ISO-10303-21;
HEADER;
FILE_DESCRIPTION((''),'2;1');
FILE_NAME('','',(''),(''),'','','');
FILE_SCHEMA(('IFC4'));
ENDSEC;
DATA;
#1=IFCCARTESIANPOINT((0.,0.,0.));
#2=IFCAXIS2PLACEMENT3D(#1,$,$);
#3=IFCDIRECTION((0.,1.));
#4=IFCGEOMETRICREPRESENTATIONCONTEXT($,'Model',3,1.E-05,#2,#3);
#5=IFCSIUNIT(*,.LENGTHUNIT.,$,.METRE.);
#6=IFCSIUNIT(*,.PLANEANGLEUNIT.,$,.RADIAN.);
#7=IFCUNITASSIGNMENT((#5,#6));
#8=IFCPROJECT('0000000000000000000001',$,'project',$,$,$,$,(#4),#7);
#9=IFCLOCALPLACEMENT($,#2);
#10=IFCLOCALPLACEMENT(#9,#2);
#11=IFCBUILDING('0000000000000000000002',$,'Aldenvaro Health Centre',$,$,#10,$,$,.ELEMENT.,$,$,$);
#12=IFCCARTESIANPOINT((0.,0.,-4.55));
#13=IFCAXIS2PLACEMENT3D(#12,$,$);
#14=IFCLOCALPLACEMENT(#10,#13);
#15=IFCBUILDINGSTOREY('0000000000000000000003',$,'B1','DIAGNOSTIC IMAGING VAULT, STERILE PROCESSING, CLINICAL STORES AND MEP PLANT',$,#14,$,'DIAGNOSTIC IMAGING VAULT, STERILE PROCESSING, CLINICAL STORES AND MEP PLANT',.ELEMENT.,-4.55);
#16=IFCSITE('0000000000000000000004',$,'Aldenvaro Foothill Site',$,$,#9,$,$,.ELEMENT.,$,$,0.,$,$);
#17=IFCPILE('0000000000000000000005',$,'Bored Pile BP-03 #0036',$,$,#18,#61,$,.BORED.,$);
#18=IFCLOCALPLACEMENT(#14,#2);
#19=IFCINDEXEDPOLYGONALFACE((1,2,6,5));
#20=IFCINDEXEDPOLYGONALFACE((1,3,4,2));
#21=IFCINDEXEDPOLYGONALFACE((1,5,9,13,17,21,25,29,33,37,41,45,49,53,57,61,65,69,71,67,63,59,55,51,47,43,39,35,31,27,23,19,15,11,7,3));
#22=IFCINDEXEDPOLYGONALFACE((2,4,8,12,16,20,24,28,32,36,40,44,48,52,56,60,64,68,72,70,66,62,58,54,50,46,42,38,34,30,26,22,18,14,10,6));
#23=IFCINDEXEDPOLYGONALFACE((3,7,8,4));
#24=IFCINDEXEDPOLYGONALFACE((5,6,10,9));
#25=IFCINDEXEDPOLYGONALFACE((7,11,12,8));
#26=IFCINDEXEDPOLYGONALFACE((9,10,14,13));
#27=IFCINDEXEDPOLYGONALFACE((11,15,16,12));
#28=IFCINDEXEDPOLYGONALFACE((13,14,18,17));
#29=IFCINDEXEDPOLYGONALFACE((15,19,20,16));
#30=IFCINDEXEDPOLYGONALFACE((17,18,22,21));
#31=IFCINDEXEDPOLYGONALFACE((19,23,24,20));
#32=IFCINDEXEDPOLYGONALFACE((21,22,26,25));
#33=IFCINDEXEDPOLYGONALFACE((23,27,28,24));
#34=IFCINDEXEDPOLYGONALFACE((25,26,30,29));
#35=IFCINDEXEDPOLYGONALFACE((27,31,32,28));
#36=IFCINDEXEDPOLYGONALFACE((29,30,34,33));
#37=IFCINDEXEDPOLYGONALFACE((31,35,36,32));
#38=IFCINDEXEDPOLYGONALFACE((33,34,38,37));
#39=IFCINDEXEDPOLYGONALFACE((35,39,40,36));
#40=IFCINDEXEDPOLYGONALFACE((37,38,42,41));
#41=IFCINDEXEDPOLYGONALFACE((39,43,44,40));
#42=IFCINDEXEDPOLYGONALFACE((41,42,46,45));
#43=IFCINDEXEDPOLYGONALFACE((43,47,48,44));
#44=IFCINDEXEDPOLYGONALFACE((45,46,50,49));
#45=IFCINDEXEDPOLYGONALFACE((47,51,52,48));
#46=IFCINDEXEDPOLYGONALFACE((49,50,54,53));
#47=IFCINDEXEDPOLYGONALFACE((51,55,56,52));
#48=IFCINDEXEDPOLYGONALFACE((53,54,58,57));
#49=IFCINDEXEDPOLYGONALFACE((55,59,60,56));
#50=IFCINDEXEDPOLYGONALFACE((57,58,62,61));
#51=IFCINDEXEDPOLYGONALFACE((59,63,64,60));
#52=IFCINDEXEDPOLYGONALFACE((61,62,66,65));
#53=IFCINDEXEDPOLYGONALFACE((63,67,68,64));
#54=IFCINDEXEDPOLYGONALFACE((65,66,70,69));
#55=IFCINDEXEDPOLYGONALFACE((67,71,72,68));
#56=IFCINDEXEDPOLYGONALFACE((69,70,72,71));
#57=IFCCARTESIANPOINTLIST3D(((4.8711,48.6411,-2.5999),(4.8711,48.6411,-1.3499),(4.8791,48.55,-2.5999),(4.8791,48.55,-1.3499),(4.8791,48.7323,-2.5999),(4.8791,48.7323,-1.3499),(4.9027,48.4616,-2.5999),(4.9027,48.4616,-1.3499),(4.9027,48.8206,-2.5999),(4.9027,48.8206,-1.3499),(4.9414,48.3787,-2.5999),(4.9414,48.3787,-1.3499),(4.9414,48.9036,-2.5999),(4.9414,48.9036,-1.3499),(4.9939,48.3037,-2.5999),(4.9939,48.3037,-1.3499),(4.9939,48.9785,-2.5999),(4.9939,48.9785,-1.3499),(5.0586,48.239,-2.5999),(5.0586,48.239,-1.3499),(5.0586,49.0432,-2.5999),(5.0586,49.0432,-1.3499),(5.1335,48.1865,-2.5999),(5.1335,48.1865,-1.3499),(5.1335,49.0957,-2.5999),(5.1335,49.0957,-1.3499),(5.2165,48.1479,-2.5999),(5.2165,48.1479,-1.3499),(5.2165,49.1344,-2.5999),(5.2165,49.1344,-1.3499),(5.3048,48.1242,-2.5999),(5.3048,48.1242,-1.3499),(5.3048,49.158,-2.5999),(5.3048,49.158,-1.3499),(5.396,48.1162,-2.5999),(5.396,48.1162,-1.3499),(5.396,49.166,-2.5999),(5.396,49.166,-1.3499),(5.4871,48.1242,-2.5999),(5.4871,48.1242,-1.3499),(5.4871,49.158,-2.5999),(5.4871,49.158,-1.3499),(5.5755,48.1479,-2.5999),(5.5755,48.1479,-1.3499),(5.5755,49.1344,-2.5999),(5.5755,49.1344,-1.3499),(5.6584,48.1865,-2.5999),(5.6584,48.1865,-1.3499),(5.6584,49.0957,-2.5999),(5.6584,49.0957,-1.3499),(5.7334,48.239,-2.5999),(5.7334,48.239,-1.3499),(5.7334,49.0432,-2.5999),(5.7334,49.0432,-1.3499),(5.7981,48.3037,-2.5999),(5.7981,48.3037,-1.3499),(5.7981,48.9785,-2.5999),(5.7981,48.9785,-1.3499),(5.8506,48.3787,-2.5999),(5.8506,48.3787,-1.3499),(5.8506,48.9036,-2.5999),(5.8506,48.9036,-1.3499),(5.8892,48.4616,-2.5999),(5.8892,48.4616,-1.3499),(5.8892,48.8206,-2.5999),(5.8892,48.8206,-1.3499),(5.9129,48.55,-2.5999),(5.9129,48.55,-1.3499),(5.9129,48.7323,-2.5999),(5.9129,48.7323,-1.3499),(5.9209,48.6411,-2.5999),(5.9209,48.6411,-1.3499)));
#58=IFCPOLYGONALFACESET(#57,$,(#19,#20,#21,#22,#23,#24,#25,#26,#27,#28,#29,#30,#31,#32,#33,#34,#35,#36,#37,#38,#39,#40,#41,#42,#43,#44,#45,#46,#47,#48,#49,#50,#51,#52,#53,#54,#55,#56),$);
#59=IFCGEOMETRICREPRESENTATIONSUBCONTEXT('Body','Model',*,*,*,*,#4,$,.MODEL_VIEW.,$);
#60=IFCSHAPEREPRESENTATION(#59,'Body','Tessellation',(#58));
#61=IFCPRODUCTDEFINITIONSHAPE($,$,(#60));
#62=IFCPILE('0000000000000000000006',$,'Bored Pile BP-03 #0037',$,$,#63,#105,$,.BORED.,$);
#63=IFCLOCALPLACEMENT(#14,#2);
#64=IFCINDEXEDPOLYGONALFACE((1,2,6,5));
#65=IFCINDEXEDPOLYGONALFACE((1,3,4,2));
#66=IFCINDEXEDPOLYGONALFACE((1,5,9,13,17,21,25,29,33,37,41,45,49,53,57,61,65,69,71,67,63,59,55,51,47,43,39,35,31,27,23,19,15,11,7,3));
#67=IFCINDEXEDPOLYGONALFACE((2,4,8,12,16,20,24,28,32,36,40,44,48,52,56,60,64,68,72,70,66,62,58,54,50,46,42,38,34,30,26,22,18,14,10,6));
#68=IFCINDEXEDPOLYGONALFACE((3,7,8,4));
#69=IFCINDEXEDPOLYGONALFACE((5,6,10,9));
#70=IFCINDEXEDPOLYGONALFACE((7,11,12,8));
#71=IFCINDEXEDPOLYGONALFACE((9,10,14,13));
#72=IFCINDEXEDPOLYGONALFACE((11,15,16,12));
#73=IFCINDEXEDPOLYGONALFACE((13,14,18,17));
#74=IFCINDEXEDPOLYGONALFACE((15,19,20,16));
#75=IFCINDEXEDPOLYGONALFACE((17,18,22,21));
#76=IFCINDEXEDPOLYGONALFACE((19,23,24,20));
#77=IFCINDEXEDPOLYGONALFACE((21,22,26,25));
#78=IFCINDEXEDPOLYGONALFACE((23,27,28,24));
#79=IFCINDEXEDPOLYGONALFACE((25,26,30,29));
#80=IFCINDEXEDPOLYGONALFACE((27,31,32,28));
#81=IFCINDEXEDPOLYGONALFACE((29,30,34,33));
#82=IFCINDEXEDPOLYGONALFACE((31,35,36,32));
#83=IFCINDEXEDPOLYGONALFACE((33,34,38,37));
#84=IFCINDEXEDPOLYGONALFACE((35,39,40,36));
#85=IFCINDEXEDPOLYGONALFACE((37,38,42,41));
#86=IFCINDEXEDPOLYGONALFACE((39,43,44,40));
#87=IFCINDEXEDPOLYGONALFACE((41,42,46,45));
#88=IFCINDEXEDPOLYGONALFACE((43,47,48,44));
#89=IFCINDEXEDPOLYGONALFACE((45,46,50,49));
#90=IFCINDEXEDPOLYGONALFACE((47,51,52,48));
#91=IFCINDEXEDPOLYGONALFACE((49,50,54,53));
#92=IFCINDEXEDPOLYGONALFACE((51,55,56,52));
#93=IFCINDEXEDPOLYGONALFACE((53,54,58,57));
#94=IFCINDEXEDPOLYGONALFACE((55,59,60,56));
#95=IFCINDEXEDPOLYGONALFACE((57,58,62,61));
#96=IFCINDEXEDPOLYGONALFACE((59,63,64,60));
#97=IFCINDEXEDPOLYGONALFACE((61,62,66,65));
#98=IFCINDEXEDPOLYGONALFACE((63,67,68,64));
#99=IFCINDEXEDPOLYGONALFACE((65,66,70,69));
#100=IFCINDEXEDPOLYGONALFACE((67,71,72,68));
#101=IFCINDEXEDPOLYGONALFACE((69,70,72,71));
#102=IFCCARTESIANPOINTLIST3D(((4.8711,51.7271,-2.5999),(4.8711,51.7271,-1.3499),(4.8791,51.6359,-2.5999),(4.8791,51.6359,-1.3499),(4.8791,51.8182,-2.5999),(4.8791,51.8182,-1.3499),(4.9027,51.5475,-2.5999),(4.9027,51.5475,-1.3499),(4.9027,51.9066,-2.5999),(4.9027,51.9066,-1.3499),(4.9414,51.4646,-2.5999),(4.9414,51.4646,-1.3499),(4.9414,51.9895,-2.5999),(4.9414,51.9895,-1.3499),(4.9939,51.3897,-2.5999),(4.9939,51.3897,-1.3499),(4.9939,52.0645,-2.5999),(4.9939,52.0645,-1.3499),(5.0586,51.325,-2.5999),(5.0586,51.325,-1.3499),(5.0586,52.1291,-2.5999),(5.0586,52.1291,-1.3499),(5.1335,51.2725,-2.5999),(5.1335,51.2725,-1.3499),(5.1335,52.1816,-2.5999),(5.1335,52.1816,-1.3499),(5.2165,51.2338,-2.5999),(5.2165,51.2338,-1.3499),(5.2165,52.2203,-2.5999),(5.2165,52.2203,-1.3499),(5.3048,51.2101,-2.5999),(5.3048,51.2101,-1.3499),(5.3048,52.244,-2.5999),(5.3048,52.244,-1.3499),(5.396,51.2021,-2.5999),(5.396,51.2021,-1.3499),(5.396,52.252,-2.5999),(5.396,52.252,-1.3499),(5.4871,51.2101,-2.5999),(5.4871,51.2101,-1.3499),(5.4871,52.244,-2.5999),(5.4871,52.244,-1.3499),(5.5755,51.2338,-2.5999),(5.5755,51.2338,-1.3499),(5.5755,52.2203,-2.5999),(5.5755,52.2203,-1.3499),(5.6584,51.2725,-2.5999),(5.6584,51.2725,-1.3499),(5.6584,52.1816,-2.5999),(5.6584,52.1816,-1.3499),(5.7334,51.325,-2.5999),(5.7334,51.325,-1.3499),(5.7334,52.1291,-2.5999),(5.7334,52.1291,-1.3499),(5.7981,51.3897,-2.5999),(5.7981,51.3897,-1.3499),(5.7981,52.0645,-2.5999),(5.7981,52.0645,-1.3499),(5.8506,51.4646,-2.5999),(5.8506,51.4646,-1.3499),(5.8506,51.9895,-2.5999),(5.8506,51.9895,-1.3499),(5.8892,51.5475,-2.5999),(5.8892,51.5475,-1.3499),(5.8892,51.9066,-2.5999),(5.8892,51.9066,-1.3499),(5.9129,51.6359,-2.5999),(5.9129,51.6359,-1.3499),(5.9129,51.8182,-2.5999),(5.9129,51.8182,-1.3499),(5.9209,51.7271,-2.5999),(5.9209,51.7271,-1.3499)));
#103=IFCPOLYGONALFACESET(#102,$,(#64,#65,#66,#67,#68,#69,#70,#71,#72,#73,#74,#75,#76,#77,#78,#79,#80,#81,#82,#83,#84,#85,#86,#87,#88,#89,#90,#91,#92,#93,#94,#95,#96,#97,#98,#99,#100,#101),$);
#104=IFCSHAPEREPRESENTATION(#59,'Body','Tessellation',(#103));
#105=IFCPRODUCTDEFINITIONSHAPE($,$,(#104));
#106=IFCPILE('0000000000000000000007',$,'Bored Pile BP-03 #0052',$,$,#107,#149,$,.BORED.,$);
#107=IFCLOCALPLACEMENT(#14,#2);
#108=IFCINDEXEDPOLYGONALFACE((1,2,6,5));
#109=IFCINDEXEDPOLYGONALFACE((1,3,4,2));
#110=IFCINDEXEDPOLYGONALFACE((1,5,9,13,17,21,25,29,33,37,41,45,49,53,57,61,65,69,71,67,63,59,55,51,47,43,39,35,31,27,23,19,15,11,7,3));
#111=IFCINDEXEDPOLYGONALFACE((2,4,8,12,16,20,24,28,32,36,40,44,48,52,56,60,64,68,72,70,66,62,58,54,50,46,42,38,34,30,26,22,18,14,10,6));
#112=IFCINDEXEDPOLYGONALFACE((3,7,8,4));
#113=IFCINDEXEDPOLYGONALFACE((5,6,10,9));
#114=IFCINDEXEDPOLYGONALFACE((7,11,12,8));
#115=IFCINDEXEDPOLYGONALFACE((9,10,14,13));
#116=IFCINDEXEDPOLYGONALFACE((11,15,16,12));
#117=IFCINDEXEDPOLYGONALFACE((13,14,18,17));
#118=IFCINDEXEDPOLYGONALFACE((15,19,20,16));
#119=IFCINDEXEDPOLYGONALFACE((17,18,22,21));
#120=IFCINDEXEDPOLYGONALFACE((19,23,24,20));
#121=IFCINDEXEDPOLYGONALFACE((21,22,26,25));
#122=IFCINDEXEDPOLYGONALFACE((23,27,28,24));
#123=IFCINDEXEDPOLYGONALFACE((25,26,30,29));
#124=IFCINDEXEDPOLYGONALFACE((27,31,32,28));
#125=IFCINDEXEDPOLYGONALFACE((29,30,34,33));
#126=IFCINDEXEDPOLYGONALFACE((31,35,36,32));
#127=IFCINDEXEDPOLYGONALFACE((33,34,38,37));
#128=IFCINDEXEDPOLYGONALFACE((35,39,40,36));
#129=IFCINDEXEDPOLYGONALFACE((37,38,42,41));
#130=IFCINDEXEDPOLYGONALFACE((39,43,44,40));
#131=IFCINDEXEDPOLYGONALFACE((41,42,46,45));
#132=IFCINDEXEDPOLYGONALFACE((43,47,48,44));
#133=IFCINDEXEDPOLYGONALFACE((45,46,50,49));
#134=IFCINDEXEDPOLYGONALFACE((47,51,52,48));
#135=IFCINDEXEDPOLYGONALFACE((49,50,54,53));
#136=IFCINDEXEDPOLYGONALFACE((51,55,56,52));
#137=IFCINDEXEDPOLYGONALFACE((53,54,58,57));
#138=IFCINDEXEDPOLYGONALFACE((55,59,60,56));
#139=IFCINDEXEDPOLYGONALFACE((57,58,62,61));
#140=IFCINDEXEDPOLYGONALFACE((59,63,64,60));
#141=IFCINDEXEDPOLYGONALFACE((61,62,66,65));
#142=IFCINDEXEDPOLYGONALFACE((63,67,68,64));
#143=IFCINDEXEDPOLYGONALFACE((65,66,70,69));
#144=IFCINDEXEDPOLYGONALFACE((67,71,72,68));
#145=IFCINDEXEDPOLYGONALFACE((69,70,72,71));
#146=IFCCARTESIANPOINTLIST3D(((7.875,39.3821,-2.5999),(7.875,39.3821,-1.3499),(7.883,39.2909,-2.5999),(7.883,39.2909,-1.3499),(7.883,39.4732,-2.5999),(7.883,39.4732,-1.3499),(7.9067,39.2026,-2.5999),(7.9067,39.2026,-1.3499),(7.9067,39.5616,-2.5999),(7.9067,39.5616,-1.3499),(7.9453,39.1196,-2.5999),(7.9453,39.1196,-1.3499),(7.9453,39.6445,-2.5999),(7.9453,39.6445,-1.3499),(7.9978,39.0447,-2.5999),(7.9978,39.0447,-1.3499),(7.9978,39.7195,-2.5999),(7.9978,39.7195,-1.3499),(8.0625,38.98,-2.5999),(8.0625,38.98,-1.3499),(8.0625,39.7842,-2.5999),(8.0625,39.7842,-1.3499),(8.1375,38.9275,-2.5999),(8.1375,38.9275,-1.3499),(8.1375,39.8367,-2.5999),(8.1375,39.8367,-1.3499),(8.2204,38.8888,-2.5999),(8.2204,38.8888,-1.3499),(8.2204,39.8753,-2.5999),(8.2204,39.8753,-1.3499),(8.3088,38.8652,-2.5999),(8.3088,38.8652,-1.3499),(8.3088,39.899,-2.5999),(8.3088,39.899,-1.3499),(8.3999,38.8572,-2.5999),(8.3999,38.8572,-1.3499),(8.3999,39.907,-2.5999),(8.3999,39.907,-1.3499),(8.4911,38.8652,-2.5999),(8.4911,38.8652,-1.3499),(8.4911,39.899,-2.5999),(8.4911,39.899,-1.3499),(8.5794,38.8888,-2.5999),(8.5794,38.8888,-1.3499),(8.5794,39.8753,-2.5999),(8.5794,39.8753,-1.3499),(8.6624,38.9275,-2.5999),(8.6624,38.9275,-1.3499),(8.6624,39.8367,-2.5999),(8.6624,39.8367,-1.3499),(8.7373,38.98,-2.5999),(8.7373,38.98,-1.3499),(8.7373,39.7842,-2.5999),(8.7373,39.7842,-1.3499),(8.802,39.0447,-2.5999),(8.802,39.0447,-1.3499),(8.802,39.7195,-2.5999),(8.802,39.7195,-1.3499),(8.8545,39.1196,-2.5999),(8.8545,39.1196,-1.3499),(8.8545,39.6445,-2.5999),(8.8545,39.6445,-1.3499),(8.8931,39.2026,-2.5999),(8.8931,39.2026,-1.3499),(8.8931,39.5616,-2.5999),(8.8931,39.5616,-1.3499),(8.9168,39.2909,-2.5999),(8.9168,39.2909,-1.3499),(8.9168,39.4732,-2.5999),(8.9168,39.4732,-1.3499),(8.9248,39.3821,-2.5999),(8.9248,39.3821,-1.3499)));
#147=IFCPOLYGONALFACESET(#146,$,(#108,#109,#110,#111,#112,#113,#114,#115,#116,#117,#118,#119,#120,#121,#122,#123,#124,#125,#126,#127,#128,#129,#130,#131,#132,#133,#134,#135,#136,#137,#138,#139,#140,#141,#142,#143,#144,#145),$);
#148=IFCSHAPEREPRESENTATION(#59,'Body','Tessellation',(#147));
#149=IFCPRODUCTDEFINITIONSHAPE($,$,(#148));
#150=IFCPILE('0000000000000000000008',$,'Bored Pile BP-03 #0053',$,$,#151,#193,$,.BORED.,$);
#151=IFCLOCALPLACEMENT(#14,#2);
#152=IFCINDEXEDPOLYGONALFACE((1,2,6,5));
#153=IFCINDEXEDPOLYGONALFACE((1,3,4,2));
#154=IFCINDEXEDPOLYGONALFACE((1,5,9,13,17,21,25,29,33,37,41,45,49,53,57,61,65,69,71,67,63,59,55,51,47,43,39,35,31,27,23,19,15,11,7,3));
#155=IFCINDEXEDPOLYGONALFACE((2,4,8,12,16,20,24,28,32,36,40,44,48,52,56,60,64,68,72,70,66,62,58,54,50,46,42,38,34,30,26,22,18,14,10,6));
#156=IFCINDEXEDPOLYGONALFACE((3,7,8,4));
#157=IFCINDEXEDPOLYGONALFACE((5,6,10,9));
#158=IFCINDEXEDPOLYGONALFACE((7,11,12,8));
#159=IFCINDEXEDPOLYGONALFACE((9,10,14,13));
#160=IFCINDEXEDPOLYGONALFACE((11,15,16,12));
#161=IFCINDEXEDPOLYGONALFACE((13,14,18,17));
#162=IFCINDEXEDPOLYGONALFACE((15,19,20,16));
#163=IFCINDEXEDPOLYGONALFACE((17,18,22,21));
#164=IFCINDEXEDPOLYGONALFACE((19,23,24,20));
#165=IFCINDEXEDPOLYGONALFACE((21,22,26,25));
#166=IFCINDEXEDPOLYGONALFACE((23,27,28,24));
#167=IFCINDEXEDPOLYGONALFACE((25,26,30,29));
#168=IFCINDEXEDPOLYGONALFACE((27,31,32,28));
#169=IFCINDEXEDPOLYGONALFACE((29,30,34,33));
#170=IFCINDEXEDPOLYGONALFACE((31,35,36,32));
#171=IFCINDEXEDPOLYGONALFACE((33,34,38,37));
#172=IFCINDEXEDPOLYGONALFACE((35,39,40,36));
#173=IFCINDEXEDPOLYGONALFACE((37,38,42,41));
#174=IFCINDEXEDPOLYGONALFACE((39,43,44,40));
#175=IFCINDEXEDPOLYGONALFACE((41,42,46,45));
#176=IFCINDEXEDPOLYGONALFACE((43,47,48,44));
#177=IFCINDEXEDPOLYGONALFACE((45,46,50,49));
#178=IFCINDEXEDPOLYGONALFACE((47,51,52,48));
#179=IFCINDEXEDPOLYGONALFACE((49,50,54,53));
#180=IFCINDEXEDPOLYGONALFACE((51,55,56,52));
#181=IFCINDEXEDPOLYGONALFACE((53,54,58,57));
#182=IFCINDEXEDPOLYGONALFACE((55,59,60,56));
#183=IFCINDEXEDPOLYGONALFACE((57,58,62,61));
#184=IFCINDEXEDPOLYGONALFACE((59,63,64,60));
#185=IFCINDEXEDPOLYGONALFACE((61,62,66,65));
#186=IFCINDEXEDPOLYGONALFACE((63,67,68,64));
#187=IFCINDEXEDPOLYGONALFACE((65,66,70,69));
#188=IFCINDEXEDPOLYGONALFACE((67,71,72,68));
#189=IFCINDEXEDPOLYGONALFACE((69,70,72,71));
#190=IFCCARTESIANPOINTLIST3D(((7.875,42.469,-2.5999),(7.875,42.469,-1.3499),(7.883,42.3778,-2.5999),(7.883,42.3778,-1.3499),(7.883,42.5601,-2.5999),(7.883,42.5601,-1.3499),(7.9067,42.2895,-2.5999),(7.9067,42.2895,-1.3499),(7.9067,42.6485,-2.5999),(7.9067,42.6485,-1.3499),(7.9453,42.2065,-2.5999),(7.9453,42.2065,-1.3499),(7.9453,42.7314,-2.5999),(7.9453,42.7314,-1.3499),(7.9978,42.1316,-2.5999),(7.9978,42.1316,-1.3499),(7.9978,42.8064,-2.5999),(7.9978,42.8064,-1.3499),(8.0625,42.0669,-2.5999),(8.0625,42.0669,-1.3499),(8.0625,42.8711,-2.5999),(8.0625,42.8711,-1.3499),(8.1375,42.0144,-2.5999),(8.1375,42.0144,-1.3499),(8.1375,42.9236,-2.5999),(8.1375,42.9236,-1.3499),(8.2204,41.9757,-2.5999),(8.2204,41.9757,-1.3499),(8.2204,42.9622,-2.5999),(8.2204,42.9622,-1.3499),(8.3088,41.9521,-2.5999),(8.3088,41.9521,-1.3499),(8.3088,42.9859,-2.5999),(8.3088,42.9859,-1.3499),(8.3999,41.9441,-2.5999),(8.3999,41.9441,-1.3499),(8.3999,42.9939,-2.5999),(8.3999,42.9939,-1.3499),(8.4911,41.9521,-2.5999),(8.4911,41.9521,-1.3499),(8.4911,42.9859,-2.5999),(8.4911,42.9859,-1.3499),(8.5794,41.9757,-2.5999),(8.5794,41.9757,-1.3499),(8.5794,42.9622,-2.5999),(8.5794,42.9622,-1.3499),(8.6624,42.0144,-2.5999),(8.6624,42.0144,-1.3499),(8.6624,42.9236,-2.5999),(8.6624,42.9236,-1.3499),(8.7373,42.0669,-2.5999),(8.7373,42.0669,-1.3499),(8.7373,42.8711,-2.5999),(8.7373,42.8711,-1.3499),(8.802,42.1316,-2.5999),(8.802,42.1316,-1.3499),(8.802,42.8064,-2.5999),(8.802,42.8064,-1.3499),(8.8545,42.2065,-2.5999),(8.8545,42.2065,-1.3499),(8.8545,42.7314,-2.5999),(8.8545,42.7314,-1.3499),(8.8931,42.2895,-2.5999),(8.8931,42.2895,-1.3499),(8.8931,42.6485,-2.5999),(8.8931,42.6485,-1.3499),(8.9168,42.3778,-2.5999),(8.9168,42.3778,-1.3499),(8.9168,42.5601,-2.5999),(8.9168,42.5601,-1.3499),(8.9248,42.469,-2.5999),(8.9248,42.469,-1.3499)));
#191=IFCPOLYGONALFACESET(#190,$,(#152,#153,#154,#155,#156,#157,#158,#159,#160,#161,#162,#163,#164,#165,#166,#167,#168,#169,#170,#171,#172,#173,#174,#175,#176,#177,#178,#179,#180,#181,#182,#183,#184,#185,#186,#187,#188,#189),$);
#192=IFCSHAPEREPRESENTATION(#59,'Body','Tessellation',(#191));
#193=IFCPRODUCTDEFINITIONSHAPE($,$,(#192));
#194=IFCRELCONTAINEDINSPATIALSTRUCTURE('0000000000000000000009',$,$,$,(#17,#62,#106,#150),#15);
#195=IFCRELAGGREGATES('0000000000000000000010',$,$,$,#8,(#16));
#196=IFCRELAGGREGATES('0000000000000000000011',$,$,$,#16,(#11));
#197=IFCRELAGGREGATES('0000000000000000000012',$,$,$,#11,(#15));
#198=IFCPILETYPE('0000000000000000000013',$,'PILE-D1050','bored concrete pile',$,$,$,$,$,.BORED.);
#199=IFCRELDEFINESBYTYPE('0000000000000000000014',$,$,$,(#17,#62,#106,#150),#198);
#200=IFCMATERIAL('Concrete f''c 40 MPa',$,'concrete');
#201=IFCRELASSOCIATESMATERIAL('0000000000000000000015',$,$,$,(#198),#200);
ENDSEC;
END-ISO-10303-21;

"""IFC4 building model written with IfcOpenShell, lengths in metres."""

from ifc_helpers import new_model, si_unit, direction, frame, origin, origin_2d, place, context, subcontext, project, spatial, circle, extrude, material, material_profile, profile_set, type_object, element, save


model = new_model("IFC4")

# Units and contexts
model_context = context("Model", 3, precision=1e-05, world=origin(), true_north=direction((0.0, 1.0)))
body_context = subcontext(model_context, "Body", "Model", "MODEL_VIEW")
ifc_project = project(units=[si_unit("LENGTHUNIT", "METRE"), si_unit("PLANEANGLEUNIT", "RADIAN")], contexts=[model_context])

# Site, building, storey
site_placement = place(None, origin())
site = spatial("IfcSite", under=ifc_project, at=site_placement, Name="Aldenvaro Foothill Site", CompositionType="ELEMENT", RefElevation=0.0)
building_placement = place(site_placement, origin())
building = spatial("IfcBuilding", under=site, at=building_placement, Name="Aldenvaro Health Centre", CompositionType="ELEMENT")
storey_placement = place(building_placement, frame((0.0, 0.0, -4.55)))
storey = spatial("IfcBuildingStorey", under=building, at=storey_placement, Name="B1", Description="DIAGNOSTIC IMAGING VAULT, STERILE PROCESSING, CLINICAL STORES AND MEP PLANT", LongName="DIAGNOSTIC IMAGING VAULT, STERILE PROCESSING, CLINICAL STORES AND MEP PLANT", CompositionType="ELEMENT", Elevation=-4.55)

# Piles
ifc_material_1 = material(Name="Concrete f'c 40 MPa", Category="concrete")
ifc_material_profile_1 = material_profile(ifc_material_1, circle(Radius=0.5249, at=origin_2d()), Name="PILE D1050", Category="concrete")
ifc_profile_set_1 = profile_set([ifc_material_profile_1], Name="Concrete f'c 40 MPa")
pile_type = type_object("IfcPileType", Name="PILE-D1050", Description="bored concrete pile", PredefinedType="BORED", material=ifc_profile_set_1)
for number, where, z_axis, x_axis, name in (
    (1, (5.396, 48.6411, -1.3499), (0.0, 0.0, -1.0), (1.0, 0.0, 0.0), "Bored Pile BP-03 #0036"),
    (2, (5.396, 51.7271, -1.3499), (0.0, 0.0, -1.0), (1.0, 0.0, 0.0), "Bored Pile BP-03 #0037"),
    (3, (8.3999, 39.3821, -1.3499), (0.0, 0.0, -1.0), (1.0, 0.0, 0.0), "Bored Pile BP-03 #0052"),
    (4, (8.3999, 42.469, -1.3499), (0.0, 0.0, -1.0), (1.0, 0.0, 0.0), "Bored Pile BP-03 #0053"),
):
    element("IfcPile", number, at=place(storey_placement, frame(where, z_axis=z_axis, x_axis=x_axis)), inside=storey, type_object=pile_type, Name=name, PredefinedType="BORED", context=body_context, shape_type="SweptSolid", body=[
        extrude(circle(Radius=0.5249, at=origin_2d()), origin(), (0.0, 0.0, 1.0), 1.25),
    ])

save(model, "model.ifc")
